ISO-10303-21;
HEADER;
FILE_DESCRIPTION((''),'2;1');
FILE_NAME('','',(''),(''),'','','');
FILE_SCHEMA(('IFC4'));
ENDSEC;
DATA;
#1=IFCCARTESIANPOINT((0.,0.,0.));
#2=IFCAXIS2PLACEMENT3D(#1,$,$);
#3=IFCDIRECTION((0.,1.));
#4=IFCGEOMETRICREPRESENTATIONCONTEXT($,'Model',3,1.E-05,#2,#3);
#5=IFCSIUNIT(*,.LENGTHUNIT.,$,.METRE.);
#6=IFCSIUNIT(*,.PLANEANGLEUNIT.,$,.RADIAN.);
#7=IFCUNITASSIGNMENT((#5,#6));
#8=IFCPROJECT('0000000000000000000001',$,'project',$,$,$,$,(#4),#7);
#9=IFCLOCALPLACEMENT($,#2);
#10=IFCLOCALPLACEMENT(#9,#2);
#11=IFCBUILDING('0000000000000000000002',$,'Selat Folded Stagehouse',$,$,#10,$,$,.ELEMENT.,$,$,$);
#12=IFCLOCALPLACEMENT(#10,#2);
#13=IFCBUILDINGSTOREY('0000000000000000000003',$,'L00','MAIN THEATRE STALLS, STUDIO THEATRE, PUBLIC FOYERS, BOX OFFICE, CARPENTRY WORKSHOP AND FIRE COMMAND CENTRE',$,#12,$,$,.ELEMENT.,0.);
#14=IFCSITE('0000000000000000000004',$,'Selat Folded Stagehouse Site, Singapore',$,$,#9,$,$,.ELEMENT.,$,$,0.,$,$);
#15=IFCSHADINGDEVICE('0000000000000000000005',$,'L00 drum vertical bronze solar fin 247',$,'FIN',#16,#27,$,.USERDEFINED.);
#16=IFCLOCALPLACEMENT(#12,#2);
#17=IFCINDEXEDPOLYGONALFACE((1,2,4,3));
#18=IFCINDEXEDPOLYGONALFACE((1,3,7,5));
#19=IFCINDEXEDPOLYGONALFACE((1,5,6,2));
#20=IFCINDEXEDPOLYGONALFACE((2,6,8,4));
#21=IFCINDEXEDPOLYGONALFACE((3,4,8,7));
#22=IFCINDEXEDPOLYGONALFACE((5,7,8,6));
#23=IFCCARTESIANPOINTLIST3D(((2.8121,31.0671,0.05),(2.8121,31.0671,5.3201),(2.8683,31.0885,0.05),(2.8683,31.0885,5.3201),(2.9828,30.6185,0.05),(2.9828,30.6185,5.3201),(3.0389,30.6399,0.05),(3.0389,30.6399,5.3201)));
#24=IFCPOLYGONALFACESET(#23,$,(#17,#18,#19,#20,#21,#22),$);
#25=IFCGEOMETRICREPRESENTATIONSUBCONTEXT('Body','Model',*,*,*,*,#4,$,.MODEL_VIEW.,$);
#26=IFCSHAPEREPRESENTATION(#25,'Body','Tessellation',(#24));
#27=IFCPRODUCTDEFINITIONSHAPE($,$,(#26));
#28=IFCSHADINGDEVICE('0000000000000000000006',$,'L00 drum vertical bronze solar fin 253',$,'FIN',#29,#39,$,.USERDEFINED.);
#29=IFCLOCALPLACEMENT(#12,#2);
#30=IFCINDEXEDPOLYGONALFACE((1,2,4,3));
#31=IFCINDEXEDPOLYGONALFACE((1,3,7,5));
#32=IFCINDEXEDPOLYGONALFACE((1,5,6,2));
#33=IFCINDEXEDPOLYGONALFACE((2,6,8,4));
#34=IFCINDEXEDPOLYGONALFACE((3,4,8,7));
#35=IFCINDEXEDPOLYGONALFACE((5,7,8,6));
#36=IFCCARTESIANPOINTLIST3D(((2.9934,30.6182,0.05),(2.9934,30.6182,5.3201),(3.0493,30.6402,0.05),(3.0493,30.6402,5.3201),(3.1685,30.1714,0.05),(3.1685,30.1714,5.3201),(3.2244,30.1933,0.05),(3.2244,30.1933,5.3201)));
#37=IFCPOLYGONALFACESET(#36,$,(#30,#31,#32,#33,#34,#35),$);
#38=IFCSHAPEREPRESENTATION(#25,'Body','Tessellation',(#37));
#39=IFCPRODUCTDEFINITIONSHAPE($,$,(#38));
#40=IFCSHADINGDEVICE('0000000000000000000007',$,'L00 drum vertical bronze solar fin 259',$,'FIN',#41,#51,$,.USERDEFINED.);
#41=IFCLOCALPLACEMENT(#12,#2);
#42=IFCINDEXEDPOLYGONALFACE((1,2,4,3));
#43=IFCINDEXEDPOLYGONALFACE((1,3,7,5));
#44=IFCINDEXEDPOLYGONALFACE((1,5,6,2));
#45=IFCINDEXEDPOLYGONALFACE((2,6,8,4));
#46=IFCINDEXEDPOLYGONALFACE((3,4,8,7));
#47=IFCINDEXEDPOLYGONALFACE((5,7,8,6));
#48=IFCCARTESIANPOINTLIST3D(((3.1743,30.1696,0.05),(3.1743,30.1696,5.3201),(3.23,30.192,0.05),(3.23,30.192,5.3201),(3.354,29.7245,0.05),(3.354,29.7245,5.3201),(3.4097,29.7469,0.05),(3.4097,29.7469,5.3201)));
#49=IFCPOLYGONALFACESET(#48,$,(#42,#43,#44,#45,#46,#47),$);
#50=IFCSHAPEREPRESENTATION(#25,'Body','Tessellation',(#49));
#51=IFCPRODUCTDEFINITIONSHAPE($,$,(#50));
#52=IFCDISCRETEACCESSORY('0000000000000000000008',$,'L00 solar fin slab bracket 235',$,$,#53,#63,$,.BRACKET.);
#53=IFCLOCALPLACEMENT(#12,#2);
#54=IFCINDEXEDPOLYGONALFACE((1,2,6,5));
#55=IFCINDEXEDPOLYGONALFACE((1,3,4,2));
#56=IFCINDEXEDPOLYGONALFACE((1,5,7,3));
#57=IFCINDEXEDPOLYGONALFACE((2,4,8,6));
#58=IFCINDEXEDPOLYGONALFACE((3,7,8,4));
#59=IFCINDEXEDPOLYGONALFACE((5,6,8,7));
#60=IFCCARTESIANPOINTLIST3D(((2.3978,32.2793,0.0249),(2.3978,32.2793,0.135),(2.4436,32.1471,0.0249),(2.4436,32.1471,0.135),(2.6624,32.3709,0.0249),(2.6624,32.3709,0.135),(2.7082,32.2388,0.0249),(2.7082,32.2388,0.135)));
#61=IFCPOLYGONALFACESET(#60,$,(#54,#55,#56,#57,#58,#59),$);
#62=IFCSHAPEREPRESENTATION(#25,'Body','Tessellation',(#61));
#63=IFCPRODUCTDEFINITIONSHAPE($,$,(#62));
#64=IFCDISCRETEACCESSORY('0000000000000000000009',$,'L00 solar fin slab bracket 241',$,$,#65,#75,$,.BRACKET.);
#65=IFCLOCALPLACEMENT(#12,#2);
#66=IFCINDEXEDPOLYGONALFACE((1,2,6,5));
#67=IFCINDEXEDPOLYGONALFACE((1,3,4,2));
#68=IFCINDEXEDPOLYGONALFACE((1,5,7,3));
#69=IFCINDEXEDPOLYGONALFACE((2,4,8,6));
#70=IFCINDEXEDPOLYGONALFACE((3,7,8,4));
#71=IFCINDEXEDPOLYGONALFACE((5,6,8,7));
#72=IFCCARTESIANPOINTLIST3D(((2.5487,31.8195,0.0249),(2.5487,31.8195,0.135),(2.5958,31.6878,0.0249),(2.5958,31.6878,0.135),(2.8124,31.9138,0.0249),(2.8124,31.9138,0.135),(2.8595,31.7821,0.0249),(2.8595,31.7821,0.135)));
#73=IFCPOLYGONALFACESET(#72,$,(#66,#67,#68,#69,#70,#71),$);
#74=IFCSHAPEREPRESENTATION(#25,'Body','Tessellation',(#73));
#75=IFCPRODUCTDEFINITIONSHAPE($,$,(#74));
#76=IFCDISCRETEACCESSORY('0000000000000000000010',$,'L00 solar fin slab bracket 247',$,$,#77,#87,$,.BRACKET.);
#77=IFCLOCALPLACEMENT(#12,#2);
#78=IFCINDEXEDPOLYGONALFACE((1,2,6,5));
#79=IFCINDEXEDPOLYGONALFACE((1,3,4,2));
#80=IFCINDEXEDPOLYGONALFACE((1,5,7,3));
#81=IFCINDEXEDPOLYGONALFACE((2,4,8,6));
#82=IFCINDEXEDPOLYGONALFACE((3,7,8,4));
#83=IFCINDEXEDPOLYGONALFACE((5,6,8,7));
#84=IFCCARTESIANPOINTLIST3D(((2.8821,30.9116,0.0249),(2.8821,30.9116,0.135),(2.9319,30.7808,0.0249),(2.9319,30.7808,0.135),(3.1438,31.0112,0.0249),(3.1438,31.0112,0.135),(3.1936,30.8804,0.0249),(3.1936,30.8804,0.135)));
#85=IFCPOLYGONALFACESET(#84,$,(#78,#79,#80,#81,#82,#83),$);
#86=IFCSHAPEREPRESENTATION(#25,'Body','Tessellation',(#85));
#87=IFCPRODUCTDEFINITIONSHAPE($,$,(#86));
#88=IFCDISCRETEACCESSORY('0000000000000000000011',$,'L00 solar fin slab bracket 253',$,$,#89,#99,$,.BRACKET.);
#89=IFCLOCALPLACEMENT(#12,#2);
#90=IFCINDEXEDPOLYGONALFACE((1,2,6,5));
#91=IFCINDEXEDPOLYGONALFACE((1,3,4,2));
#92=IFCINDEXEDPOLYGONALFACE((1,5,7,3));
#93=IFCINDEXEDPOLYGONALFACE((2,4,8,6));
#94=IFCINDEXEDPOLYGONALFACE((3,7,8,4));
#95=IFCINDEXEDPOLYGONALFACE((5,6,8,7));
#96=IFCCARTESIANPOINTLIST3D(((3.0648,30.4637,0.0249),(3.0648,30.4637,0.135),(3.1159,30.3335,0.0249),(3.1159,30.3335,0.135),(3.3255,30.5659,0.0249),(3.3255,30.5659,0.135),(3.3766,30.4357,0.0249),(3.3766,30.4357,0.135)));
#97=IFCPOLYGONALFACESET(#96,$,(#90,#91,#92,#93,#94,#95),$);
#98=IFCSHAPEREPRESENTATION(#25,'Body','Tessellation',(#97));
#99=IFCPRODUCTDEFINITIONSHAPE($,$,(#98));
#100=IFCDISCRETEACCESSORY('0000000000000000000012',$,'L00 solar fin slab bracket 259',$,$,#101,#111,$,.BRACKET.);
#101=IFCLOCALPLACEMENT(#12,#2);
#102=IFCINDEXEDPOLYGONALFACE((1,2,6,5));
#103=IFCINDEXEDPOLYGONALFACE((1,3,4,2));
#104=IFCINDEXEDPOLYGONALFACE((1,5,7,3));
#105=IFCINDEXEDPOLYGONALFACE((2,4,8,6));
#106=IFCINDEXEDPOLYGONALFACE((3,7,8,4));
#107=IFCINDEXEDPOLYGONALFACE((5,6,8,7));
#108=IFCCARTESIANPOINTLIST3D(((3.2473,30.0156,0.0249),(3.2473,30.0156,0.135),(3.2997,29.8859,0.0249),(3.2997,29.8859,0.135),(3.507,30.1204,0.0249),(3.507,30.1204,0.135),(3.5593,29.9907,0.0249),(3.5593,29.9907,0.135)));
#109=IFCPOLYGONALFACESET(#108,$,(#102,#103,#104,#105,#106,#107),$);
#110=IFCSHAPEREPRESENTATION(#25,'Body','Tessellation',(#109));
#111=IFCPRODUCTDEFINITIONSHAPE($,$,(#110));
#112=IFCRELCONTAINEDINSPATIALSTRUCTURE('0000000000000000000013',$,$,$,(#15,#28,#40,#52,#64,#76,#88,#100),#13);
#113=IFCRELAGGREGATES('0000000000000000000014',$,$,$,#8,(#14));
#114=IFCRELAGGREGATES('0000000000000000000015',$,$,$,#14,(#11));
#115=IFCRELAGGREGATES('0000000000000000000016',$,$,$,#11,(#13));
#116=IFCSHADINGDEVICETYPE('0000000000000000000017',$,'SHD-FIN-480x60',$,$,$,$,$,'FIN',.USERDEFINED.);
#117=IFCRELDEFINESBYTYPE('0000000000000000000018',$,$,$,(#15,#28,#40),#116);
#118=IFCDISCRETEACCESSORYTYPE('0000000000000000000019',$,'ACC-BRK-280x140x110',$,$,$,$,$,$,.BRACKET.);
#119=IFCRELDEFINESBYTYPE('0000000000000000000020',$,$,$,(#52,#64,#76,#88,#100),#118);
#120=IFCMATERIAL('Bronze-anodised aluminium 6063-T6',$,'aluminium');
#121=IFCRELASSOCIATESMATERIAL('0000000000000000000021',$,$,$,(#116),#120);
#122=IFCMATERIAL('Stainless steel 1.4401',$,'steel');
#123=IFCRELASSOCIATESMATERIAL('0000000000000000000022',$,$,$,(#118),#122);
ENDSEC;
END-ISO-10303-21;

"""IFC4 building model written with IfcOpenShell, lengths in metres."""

from ifc_helpers import new_model, si_unit, direction, frame, origin, origin_2d, place, context, subcontext, project, spatial, rectangle, extrude, material, material_profile, profile_set, type_object, element, save


model = new_model("IFC4")

# Units and contexts
model_context = context("Model", 3, precision=1e-05, world=origin(), true_north=direction((0.0, 1.0)))
body_context = subcontext(model_context, "Body", "Model", "MODEL_VIEW")
ifc_project = project(units=[si_unit("LENGTHUNIT", "METRE"), si_unit("PLANEANGLEUNIT", "RADIAN")], contexts=[model_context])

# Site, building, storey
site_placement = place(None, origin())
site = spatial("IfcSite", under=ifc_project, at=site_placement, Name="Selat Folded Stagehouse Site, Singapore", CompositionType="ELEMENT", RefElevation=0.0)
building_placement = place(site_placement, origin())
building = spatial("IfcBuilding", under=site, at=building_placement, Name="Selat Folded Stagehouse", CompositionType="ELEMENT")
storey_placement = place(building_placement, origin())
storey = spatial("IfcBuildingStorey", under=building, at=storey_placement, Name="L00", Description="MAIN THEATRE STALLS, STUDIO THEATRE, PUBLIC FOYERS, BOX OFFICE, CARPENTRY WORKSHOP AND FIRE COMMAND CENTRE", CompositionType="ELEMENT", Elevation=0.0)

# Shading devices
ifc_material_1 = material(Name="Bronze-anodised aluminium 6063-T6", Category="aluminium")
ifc_material_profile_1 = material_profile(ifc_material_1, rectangle(XDim=0.0601, YDim=0.48, at=origin_2d()), Name="SOLAR-FIN 480x60")
ifc_profile_set_1 = profile_set([ifc_material_profile_1], Name="Bronze-anodised aluminium 6063-T6")
shading_device_type = type_object("IfcShadingDeviceType", Name="SHD-FIN-480x60", ElementType="FIN", PredefinedType="USERDEFINED", material=ifc_profile_set_1)
for number, where, z_axis, x_axis, name in (
    (1, (2.9255, 30.8535, 0.05), (0.0, 0.0, 1.0), (-0.93464, -0.355596, 0.0), "L00 drum vertical bronze solar fin 247"),
    (2, (3.1089, 30.4058, 0.05), (0.0, 0.0, 1.0), (-0.931056, -0.364877, 0.0), "L00 drum vertical bronze solar fin 253"),
    (3, (3.292, 29.9583, 0.05), (0.0, 0.0, 1.0), (-0.927315, -0.374283, 0.0), "L00 drum vertical bronze solar fin 259"),
):
    element("IfcShadingDevice", number, at=place(storey_placement, frame(where, z_axis=z_axis, x_axis=x_axis)), inside=storey, type_object=shading_device_type, Name=name, ObjectType="FIN", PredefinedType="USERDEFINED", context=body_context, shape_type="SweptSolid", body=[
        extrude(rectangle(XDim=0.0601, YDim=0.48, at=origin_2d()), origin(), (0.0, 0.0, 1.0), 5.27),
    ])

# Discrete accessories
ifc_material_2 = material(Name="Stainless steel 1.4401", Category="steel")
discrete_accessory_type = type_object("IfcDiscreteAccessoryType", Name="ACC-BRK-280x140x110", PredefinedType="BRACKET", material=ifc_material_2)
for number, where, z_axis, x_axis, name in (
    (4, (2.553, 32.259, 0.0249), (0.0, 0.0, 1.0), (-0.944949, -0.327218, 0.0), "L00 solar fin slab bracket 235"),
    (5, (2.7041, 31.8008, 0.0249), (0.0, 0.0, 1.0), (-0.941588, -0.336767, 0.0), "L00 solar fin slab bracket 241"),
    (6, (3.0378, 30.896, 0.0249), (0.0, 0.0, 1.0), (-0.93464, -0.355596, 0.0), "L00 solar fin slab bracket 247"),
    (7, (3.2207, 30.4497, 0.0249), (0.0, 0.0, 1.0), (-0.931056, -0.364877, 0.0), "L00 solar fin slab bracket 253"),
    (8, (3.4033, 30.0032, 0.0249), (0.0, 0.0, 1.0), (-0.927315, -0.374283, 0.0), "L00 solar fin slab bracket 259"),
):
    element("IfcDiscreteAccessory", number, at=place(storey_placement, frame(where, z_axis=z_axis, x_axis=x_axis)), inside=storey, type_object=discrete_accessory_type, Name=name, PredefinedType="BRACKET", context=body_context, shape_type="SweptSolid", body=[
        extrude(rectangle(XDim=0.28, YDim=0.1399, at=origin_2d()), origin(), (0.0, 0.0, 1.0), 0.1101),
    ])

save(model, "model.ifc")
